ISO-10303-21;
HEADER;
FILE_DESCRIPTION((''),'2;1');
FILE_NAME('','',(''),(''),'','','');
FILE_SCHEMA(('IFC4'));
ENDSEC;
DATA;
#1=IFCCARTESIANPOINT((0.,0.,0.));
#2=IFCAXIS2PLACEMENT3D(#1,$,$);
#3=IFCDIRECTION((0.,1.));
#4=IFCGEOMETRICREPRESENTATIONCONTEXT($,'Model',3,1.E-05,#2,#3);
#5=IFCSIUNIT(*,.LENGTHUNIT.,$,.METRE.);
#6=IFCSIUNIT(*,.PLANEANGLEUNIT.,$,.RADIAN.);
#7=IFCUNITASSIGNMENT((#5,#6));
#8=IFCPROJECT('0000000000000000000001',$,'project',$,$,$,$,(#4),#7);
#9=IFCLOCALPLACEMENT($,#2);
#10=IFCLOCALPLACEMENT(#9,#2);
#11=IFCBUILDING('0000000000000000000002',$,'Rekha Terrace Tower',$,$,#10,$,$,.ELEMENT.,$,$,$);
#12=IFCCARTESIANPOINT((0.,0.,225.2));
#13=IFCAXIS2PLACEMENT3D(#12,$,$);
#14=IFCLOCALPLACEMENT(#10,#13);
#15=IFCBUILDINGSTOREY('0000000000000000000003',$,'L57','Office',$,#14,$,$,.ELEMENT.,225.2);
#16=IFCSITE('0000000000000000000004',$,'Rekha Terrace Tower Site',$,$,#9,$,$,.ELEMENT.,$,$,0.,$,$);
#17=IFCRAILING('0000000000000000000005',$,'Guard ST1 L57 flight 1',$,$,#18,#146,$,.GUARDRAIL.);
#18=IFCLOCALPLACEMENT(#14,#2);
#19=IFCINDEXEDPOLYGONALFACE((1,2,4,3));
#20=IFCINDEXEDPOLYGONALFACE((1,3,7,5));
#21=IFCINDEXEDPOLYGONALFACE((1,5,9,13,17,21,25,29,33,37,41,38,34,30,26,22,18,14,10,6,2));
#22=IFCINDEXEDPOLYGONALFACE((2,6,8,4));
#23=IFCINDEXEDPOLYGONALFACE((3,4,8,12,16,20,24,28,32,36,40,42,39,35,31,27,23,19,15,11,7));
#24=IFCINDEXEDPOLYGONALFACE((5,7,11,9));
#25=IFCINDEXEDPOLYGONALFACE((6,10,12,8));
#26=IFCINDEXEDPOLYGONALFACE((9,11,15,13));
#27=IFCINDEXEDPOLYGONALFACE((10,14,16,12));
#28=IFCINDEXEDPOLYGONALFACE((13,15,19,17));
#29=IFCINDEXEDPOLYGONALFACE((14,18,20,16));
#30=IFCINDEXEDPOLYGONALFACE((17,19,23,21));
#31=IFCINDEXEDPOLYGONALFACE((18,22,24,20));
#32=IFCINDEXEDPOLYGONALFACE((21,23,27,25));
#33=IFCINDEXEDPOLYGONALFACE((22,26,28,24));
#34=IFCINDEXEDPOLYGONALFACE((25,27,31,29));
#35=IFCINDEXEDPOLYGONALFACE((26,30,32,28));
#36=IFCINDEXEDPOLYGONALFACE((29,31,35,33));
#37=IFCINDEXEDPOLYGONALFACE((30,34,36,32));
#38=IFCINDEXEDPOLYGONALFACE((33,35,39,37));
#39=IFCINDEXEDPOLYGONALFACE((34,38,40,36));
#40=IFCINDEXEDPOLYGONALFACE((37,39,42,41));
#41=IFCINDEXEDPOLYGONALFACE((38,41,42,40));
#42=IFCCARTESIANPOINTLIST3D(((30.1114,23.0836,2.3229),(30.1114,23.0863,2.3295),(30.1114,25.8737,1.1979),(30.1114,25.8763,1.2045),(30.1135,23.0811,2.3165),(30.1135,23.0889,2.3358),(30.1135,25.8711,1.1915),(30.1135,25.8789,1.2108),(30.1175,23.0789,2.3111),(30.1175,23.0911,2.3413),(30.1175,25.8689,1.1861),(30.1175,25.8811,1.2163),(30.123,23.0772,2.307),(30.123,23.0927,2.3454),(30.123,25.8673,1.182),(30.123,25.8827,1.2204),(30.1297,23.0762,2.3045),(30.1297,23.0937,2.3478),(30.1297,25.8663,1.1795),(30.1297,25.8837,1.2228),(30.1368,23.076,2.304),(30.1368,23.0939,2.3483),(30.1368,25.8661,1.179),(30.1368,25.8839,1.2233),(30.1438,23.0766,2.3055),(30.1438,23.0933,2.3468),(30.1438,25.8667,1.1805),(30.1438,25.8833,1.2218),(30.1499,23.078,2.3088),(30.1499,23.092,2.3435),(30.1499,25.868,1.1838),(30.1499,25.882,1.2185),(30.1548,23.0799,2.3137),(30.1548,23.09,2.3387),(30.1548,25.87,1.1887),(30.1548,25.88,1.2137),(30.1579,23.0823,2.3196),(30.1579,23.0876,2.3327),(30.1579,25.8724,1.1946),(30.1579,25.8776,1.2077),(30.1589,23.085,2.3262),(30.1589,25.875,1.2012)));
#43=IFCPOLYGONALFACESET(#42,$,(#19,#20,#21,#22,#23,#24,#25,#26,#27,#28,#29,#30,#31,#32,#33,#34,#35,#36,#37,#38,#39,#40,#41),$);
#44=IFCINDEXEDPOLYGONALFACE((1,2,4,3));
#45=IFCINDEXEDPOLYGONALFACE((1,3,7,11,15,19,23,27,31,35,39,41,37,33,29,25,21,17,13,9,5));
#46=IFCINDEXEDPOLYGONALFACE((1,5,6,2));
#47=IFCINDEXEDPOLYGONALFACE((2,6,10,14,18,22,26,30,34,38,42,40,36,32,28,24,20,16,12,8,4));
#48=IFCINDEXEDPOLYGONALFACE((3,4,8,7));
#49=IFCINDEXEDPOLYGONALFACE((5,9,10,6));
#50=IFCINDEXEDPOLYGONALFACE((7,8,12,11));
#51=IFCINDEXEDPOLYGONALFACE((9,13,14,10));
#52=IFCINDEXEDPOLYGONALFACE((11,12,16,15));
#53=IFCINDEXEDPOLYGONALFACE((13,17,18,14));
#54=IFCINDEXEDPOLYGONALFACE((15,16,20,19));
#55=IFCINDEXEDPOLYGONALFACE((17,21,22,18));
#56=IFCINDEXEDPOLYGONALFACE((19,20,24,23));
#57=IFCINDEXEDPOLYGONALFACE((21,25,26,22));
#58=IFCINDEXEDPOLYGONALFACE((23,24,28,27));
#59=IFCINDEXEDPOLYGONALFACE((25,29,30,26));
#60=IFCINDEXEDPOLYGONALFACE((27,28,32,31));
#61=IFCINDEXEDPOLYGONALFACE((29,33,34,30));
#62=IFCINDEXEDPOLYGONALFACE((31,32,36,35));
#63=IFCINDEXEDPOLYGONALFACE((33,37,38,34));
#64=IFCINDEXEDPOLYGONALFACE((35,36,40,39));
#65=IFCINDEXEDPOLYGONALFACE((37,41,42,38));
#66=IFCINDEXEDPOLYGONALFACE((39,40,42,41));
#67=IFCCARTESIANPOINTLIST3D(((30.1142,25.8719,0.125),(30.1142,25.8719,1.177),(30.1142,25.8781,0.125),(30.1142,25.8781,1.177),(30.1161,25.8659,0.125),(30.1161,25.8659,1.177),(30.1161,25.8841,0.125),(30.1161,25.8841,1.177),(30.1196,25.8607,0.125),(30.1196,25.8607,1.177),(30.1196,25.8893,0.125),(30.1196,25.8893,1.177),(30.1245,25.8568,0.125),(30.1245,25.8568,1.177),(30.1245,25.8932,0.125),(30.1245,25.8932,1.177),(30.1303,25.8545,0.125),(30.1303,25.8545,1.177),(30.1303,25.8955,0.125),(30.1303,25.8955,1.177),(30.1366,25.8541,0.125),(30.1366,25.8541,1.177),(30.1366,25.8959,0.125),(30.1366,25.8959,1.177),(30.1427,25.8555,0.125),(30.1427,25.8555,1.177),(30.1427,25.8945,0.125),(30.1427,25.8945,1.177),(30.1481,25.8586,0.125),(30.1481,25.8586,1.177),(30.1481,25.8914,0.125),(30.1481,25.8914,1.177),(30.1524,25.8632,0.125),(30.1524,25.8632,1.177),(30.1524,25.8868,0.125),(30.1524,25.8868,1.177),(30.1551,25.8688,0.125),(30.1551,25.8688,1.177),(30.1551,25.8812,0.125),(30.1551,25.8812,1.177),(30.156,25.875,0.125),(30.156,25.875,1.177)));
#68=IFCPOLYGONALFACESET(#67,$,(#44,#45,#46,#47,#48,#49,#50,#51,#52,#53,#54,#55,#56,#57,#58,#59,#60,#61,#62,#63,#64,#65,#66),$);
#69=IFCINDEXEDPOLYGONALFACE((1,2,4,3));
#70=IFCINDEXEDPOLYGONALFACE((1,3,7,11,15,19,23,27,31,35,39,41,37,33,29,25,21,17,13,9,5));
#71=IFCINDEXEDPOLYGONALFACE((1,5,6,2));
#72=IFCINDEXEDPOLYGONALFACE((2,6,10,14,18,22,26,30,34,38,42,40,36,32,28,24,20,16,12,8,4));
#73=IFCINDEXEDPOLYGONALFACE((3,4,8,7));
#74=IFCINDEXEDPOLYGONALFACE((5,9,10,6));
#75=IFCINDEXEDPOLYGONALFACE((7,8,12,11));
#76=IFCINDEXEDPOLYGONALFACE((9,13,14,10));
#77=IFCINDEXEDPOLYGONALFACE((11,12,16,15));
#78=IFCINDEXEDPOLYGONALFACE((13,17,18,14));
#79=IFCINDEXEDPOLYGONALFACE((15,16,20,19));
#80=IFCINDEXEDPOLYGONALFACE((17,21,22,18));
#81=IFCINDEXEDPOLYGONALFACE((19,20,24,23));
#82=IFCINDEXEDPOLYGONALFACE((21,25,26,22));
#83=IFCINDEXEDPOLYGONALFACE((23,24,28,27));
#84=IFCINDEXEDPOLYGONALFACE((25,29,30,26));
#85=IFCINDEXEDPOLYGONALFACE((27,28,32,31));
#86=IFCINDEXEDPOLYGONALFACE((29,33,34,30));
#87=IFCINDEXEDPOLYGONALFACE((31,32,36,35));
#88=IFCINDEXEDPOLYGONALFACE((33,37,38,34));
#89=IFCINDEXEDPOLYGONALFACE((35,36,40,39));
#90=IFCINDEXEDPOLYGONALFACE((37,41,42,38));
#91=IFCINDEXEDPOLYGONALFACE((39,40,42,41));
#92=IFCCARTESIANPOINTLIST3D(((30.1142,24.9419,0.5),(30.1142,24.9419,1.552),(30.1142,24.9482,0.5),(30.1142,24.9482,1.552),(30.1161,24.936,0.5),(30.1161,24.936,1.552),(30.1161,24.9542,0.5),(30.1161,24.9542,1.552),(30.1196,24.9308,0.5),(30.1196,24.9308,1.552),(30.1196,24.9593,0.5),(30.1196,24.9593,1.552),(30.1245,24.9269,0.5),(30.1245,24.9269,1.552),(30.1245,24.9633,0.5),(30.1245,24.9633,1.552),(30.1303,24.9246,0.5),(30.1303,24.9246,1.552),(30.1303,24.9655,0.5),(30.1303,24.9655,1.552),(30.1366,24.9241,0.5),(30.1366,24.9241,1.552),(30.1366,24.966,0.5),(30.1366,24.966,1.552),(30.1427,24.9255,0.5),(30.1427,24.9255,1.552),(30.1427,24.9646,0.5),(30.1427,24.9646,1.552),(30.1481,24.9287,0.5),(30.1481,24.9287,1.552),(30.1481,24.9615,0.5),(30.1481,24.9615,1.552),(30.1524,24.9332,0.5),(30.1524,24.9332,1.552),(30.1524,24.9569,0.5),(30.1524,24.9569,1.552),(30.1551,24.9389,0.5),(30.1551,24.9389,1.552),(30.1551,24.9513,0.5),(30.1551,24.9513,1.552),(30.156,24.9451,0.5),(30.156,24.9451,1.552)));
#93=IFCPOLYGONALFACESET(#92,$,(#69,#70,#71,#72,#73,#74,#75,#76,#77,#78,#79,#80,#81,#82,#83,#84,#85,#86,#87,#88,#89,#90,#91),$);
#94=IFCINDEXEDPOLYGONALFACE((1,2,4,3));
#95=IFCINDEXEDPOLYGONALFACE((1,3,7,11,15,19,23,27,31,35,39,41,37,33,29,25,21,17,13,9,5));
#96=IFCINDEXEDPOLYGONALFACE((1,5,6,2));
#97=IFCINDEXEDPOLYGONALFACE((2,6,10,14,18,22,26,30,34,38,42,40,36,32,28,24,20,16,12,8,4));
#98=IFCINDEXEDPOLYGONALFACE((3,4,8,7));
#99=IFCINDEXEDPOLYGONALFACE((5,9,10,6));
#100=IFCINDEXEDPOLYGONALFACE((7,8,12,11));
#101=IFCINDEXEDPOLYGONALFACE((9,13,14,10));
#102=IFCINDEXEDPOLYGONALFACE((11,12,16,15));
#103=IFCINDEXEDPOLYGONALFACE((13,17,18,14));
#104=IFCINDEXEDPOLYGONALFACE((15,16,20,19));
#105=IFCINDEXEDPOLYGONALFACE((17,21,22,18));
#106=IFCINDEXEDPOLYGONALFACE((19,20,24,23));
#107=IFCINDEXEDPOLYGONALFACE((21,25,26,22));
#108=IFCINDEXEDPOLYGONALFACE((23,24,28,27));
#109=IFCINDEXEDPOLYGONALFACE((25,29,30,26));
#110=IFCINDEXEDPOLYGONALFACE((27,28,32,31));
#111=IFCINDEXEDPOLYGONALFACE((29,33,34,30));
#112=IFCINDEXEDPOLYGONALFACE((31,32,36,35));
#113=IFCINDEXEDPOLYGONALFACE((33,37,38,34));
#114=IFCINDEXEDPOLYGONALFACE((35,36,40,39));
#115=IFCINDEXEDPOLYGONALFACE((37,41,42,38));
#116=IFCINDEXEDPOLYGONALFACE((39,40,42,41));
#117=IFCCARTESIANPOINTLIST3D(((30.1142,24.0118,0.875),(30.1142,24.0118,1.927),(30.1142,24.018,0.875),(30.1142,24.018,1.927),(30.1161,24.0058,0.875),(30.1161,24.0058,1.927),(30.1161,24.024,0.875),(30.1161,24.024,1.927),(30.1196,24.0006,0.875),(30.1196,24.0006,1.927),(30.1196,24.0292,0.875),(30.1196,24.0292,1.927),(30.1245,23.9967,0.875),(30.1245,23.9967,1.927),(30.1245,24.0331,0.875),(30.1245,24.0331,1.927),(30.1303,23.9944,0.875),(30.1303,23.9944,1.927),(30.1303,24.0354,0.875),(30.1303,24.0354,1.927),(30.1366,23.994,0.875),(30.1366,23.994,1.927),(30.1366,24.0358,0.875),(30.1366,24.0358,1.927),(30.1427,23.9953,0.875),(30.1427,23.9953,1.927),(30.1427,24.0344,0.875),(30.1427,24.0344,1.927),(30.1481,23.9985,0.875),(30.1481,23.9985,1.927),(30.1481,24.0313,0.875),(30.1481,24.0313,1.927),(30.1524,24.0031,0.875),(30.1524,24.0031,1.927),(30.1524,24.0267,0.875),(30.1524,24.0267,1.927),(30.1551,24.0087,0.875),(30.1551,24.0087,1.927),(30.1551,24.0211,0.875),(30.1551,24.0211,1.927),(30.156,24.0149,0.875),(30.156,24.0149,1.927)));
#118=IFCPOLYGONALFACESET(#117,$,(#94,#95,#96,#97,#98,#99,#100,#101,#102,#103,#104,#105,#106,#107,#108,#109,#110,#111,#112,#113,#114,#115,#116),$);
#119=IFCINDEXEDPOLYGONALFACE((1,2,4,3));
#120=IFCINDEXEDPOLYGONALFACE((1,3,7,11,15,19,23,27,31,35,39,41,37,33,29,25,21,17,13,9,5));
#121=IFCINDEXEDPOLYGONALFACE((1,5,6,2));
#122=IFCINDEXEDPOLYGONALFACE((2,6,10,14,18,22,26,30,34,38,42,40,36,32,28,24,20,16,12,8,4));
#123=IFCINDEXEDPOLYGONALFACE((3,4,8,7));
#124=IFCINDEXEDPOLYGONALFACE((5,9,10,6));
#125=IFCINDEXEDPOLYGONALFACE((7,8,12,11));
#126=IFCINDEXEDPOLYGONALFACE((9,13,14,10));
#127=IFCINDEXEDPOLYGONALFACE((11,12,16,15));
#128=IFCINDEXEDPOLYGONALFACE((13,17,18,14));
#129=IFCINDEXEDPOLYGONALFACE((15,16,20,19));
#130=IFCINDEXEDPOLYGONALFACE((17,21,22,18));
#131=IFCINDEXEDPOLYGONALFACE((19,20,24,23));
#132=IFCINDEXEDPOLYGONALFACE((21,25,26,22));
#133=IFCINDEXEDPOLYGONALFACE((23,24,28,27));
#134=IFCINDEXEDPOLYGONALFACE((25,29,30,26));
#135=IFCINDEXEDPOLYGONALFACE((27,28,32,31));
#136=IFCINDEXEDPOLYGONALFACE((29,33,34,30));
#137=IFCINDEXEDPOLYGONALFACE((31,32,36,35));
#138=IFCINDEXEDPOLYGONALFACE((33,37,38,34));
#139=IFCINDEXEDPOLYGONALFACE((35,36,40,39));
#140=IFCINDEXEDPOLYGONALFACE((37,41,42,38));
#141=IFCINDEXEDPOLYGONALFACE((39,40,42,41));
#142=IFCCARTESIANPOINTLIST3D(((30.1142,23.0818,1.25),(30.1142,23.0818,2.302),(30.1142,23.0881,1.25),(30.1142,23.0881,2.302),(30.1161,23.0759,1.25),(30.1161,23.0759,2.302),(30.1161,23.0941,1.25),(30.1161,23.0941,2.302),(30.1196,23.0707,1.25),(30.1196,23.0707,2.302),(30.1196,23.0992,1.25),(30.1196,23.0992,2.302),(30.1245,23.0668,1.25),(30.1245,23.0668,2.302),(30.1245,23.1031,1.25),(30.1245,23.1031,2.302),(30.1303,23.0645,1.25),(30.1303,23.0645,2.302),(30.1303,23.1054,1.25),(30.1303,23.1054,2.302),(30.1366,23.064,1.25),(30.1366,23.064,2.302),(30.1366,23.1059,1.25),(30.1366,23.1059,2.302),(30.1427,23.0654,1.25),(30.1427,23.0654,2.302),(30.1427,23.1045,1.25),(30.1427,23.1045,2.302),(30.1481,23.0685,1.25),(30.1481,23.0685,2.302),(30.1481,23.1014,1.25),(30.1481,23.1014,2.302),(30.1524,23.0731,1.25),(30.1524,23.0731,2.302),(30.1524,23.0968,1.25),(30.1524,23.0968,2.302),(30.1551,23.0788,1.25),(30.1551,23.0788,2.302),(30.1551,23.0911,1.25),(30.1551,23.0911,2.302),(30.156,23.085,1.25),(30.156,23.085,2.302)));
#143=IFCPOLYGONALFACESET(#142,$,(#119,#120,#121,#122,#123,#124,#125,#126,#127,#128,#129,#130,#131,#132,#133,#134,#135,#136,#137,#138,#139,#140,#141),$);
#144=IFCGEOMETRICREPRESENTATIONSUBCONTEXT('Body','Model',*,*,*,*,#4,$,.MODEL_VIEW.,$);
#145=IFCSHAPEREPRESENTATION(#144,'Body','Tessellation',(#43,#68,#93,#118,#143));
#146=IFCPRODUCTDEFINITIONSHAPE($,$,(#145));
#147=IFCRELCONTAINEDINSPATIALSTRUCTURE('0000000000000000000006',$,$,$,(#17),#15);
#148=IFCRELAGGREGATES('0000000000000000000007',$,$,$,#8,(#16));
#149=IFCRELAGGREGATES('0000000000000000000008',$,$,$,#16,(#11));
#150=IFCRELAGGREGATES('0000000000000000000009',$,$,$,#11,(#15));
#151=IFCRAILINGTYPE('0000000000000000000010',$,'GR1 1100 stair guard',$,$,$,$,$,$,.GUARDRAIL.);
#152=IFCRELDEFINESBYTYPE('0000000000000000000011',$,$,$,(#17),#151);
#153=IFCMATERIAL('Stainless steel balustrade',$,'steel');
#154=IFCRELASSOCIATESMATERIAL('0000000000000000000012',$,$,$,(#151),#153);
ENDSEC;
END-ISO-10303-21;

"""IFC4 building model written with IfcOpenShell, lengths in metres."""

from ifc_helpers import new_model, si_unit, direction, frame, origin, origin_2d, place, context, subcontext, project, spatial, circle, extrude, material, type_object, element, save


model = new_model("IFC4")

# Units and contexts
model_context = context("Model", 3, precision=1e-05, world=origin(), true_north=direction((0.0, 1.0)))
body_context = subcontext(model_context, "Body", "Model", "MODEL_VIEW")
ifc_project = project(units=[si_unit("LENGTHUNIT", "METRE"), si_unit("PLANEANGLEUNIT", "RADIAN")], contexts=[model_context])

# Site, building, storey
site_placement = place(None, origin())
site = spatial("IfcSite", under=ifc_project, at=site_placement, Name="Rekha Terrace Tower Site", CompositionType="ELEMENT", RefElevation=0.0)
building_placement = place(site_placement, origin())
building = spatial("IfcBuilding", under=site, at=building_placement, Name="Rekha Terrace Tower", CompositionType="ELEMENT")
storey_placement = place(building_placement, frame((0.0, 0.0, 225.2)))
storey = spatial("IfcBuildingStorey", under=building, at=storey_placement, Name="L57", Description="Office", CompositionType="ELEMENT", Elevation=225.2)

# Railing
ifc_material_1 = material(Name="Stainless steel balustrade", Category="steel")
railing_type_1 = type_object("IfcRailingType", Name="GR1 1100 stair guard", PredefinedType="GUARDRAIL", material=ifc_material_1)
railing_1_placement = place(storey_placement, frame((30.135, 25.875, 0.125)))
element("IfcRailing", 1, at=railing_1_placement, inside=storey, type_object=railing_type_1, Name="Guard ST1 L57 flight 1", PredefinedType="GUARDRAIL", context=body_context, shape_type="SweptSolid", body=[
    extrude(circle(Radius=0.0239, at=origin_2d()), frame((0.0, 0.0, 1.0762), z_axis=(0.0, -0.927443, 0.373964), x_axis=(1.0, 0.0, 0.0)), (0.0, 0.0, 1.0), 3.0083),
    extrude(circle(Radius=0.021, at=origin_2d()), origin(), (0.0, 0.0, 1.0), 1.052),
    extrude(circle(Radius=0.021, at=origin_2d()), frame((0.0, -0.9299, 0.375)), (0.0, 0.0, 1.0), 1.052),
    extrude(circle(Radius=0.021, at=origin_2d()), frame((0.0, -1.8601, 0.75)), (0.0, 0.0, 1.0), 1.052),
    extrude(circle(Radius=0.021, at=origin_2d()), frame((0.0, -2.79, 1.125)), (0.0, 0.0, 1.0), 1.052),
])

save(model, "model.ifc")
